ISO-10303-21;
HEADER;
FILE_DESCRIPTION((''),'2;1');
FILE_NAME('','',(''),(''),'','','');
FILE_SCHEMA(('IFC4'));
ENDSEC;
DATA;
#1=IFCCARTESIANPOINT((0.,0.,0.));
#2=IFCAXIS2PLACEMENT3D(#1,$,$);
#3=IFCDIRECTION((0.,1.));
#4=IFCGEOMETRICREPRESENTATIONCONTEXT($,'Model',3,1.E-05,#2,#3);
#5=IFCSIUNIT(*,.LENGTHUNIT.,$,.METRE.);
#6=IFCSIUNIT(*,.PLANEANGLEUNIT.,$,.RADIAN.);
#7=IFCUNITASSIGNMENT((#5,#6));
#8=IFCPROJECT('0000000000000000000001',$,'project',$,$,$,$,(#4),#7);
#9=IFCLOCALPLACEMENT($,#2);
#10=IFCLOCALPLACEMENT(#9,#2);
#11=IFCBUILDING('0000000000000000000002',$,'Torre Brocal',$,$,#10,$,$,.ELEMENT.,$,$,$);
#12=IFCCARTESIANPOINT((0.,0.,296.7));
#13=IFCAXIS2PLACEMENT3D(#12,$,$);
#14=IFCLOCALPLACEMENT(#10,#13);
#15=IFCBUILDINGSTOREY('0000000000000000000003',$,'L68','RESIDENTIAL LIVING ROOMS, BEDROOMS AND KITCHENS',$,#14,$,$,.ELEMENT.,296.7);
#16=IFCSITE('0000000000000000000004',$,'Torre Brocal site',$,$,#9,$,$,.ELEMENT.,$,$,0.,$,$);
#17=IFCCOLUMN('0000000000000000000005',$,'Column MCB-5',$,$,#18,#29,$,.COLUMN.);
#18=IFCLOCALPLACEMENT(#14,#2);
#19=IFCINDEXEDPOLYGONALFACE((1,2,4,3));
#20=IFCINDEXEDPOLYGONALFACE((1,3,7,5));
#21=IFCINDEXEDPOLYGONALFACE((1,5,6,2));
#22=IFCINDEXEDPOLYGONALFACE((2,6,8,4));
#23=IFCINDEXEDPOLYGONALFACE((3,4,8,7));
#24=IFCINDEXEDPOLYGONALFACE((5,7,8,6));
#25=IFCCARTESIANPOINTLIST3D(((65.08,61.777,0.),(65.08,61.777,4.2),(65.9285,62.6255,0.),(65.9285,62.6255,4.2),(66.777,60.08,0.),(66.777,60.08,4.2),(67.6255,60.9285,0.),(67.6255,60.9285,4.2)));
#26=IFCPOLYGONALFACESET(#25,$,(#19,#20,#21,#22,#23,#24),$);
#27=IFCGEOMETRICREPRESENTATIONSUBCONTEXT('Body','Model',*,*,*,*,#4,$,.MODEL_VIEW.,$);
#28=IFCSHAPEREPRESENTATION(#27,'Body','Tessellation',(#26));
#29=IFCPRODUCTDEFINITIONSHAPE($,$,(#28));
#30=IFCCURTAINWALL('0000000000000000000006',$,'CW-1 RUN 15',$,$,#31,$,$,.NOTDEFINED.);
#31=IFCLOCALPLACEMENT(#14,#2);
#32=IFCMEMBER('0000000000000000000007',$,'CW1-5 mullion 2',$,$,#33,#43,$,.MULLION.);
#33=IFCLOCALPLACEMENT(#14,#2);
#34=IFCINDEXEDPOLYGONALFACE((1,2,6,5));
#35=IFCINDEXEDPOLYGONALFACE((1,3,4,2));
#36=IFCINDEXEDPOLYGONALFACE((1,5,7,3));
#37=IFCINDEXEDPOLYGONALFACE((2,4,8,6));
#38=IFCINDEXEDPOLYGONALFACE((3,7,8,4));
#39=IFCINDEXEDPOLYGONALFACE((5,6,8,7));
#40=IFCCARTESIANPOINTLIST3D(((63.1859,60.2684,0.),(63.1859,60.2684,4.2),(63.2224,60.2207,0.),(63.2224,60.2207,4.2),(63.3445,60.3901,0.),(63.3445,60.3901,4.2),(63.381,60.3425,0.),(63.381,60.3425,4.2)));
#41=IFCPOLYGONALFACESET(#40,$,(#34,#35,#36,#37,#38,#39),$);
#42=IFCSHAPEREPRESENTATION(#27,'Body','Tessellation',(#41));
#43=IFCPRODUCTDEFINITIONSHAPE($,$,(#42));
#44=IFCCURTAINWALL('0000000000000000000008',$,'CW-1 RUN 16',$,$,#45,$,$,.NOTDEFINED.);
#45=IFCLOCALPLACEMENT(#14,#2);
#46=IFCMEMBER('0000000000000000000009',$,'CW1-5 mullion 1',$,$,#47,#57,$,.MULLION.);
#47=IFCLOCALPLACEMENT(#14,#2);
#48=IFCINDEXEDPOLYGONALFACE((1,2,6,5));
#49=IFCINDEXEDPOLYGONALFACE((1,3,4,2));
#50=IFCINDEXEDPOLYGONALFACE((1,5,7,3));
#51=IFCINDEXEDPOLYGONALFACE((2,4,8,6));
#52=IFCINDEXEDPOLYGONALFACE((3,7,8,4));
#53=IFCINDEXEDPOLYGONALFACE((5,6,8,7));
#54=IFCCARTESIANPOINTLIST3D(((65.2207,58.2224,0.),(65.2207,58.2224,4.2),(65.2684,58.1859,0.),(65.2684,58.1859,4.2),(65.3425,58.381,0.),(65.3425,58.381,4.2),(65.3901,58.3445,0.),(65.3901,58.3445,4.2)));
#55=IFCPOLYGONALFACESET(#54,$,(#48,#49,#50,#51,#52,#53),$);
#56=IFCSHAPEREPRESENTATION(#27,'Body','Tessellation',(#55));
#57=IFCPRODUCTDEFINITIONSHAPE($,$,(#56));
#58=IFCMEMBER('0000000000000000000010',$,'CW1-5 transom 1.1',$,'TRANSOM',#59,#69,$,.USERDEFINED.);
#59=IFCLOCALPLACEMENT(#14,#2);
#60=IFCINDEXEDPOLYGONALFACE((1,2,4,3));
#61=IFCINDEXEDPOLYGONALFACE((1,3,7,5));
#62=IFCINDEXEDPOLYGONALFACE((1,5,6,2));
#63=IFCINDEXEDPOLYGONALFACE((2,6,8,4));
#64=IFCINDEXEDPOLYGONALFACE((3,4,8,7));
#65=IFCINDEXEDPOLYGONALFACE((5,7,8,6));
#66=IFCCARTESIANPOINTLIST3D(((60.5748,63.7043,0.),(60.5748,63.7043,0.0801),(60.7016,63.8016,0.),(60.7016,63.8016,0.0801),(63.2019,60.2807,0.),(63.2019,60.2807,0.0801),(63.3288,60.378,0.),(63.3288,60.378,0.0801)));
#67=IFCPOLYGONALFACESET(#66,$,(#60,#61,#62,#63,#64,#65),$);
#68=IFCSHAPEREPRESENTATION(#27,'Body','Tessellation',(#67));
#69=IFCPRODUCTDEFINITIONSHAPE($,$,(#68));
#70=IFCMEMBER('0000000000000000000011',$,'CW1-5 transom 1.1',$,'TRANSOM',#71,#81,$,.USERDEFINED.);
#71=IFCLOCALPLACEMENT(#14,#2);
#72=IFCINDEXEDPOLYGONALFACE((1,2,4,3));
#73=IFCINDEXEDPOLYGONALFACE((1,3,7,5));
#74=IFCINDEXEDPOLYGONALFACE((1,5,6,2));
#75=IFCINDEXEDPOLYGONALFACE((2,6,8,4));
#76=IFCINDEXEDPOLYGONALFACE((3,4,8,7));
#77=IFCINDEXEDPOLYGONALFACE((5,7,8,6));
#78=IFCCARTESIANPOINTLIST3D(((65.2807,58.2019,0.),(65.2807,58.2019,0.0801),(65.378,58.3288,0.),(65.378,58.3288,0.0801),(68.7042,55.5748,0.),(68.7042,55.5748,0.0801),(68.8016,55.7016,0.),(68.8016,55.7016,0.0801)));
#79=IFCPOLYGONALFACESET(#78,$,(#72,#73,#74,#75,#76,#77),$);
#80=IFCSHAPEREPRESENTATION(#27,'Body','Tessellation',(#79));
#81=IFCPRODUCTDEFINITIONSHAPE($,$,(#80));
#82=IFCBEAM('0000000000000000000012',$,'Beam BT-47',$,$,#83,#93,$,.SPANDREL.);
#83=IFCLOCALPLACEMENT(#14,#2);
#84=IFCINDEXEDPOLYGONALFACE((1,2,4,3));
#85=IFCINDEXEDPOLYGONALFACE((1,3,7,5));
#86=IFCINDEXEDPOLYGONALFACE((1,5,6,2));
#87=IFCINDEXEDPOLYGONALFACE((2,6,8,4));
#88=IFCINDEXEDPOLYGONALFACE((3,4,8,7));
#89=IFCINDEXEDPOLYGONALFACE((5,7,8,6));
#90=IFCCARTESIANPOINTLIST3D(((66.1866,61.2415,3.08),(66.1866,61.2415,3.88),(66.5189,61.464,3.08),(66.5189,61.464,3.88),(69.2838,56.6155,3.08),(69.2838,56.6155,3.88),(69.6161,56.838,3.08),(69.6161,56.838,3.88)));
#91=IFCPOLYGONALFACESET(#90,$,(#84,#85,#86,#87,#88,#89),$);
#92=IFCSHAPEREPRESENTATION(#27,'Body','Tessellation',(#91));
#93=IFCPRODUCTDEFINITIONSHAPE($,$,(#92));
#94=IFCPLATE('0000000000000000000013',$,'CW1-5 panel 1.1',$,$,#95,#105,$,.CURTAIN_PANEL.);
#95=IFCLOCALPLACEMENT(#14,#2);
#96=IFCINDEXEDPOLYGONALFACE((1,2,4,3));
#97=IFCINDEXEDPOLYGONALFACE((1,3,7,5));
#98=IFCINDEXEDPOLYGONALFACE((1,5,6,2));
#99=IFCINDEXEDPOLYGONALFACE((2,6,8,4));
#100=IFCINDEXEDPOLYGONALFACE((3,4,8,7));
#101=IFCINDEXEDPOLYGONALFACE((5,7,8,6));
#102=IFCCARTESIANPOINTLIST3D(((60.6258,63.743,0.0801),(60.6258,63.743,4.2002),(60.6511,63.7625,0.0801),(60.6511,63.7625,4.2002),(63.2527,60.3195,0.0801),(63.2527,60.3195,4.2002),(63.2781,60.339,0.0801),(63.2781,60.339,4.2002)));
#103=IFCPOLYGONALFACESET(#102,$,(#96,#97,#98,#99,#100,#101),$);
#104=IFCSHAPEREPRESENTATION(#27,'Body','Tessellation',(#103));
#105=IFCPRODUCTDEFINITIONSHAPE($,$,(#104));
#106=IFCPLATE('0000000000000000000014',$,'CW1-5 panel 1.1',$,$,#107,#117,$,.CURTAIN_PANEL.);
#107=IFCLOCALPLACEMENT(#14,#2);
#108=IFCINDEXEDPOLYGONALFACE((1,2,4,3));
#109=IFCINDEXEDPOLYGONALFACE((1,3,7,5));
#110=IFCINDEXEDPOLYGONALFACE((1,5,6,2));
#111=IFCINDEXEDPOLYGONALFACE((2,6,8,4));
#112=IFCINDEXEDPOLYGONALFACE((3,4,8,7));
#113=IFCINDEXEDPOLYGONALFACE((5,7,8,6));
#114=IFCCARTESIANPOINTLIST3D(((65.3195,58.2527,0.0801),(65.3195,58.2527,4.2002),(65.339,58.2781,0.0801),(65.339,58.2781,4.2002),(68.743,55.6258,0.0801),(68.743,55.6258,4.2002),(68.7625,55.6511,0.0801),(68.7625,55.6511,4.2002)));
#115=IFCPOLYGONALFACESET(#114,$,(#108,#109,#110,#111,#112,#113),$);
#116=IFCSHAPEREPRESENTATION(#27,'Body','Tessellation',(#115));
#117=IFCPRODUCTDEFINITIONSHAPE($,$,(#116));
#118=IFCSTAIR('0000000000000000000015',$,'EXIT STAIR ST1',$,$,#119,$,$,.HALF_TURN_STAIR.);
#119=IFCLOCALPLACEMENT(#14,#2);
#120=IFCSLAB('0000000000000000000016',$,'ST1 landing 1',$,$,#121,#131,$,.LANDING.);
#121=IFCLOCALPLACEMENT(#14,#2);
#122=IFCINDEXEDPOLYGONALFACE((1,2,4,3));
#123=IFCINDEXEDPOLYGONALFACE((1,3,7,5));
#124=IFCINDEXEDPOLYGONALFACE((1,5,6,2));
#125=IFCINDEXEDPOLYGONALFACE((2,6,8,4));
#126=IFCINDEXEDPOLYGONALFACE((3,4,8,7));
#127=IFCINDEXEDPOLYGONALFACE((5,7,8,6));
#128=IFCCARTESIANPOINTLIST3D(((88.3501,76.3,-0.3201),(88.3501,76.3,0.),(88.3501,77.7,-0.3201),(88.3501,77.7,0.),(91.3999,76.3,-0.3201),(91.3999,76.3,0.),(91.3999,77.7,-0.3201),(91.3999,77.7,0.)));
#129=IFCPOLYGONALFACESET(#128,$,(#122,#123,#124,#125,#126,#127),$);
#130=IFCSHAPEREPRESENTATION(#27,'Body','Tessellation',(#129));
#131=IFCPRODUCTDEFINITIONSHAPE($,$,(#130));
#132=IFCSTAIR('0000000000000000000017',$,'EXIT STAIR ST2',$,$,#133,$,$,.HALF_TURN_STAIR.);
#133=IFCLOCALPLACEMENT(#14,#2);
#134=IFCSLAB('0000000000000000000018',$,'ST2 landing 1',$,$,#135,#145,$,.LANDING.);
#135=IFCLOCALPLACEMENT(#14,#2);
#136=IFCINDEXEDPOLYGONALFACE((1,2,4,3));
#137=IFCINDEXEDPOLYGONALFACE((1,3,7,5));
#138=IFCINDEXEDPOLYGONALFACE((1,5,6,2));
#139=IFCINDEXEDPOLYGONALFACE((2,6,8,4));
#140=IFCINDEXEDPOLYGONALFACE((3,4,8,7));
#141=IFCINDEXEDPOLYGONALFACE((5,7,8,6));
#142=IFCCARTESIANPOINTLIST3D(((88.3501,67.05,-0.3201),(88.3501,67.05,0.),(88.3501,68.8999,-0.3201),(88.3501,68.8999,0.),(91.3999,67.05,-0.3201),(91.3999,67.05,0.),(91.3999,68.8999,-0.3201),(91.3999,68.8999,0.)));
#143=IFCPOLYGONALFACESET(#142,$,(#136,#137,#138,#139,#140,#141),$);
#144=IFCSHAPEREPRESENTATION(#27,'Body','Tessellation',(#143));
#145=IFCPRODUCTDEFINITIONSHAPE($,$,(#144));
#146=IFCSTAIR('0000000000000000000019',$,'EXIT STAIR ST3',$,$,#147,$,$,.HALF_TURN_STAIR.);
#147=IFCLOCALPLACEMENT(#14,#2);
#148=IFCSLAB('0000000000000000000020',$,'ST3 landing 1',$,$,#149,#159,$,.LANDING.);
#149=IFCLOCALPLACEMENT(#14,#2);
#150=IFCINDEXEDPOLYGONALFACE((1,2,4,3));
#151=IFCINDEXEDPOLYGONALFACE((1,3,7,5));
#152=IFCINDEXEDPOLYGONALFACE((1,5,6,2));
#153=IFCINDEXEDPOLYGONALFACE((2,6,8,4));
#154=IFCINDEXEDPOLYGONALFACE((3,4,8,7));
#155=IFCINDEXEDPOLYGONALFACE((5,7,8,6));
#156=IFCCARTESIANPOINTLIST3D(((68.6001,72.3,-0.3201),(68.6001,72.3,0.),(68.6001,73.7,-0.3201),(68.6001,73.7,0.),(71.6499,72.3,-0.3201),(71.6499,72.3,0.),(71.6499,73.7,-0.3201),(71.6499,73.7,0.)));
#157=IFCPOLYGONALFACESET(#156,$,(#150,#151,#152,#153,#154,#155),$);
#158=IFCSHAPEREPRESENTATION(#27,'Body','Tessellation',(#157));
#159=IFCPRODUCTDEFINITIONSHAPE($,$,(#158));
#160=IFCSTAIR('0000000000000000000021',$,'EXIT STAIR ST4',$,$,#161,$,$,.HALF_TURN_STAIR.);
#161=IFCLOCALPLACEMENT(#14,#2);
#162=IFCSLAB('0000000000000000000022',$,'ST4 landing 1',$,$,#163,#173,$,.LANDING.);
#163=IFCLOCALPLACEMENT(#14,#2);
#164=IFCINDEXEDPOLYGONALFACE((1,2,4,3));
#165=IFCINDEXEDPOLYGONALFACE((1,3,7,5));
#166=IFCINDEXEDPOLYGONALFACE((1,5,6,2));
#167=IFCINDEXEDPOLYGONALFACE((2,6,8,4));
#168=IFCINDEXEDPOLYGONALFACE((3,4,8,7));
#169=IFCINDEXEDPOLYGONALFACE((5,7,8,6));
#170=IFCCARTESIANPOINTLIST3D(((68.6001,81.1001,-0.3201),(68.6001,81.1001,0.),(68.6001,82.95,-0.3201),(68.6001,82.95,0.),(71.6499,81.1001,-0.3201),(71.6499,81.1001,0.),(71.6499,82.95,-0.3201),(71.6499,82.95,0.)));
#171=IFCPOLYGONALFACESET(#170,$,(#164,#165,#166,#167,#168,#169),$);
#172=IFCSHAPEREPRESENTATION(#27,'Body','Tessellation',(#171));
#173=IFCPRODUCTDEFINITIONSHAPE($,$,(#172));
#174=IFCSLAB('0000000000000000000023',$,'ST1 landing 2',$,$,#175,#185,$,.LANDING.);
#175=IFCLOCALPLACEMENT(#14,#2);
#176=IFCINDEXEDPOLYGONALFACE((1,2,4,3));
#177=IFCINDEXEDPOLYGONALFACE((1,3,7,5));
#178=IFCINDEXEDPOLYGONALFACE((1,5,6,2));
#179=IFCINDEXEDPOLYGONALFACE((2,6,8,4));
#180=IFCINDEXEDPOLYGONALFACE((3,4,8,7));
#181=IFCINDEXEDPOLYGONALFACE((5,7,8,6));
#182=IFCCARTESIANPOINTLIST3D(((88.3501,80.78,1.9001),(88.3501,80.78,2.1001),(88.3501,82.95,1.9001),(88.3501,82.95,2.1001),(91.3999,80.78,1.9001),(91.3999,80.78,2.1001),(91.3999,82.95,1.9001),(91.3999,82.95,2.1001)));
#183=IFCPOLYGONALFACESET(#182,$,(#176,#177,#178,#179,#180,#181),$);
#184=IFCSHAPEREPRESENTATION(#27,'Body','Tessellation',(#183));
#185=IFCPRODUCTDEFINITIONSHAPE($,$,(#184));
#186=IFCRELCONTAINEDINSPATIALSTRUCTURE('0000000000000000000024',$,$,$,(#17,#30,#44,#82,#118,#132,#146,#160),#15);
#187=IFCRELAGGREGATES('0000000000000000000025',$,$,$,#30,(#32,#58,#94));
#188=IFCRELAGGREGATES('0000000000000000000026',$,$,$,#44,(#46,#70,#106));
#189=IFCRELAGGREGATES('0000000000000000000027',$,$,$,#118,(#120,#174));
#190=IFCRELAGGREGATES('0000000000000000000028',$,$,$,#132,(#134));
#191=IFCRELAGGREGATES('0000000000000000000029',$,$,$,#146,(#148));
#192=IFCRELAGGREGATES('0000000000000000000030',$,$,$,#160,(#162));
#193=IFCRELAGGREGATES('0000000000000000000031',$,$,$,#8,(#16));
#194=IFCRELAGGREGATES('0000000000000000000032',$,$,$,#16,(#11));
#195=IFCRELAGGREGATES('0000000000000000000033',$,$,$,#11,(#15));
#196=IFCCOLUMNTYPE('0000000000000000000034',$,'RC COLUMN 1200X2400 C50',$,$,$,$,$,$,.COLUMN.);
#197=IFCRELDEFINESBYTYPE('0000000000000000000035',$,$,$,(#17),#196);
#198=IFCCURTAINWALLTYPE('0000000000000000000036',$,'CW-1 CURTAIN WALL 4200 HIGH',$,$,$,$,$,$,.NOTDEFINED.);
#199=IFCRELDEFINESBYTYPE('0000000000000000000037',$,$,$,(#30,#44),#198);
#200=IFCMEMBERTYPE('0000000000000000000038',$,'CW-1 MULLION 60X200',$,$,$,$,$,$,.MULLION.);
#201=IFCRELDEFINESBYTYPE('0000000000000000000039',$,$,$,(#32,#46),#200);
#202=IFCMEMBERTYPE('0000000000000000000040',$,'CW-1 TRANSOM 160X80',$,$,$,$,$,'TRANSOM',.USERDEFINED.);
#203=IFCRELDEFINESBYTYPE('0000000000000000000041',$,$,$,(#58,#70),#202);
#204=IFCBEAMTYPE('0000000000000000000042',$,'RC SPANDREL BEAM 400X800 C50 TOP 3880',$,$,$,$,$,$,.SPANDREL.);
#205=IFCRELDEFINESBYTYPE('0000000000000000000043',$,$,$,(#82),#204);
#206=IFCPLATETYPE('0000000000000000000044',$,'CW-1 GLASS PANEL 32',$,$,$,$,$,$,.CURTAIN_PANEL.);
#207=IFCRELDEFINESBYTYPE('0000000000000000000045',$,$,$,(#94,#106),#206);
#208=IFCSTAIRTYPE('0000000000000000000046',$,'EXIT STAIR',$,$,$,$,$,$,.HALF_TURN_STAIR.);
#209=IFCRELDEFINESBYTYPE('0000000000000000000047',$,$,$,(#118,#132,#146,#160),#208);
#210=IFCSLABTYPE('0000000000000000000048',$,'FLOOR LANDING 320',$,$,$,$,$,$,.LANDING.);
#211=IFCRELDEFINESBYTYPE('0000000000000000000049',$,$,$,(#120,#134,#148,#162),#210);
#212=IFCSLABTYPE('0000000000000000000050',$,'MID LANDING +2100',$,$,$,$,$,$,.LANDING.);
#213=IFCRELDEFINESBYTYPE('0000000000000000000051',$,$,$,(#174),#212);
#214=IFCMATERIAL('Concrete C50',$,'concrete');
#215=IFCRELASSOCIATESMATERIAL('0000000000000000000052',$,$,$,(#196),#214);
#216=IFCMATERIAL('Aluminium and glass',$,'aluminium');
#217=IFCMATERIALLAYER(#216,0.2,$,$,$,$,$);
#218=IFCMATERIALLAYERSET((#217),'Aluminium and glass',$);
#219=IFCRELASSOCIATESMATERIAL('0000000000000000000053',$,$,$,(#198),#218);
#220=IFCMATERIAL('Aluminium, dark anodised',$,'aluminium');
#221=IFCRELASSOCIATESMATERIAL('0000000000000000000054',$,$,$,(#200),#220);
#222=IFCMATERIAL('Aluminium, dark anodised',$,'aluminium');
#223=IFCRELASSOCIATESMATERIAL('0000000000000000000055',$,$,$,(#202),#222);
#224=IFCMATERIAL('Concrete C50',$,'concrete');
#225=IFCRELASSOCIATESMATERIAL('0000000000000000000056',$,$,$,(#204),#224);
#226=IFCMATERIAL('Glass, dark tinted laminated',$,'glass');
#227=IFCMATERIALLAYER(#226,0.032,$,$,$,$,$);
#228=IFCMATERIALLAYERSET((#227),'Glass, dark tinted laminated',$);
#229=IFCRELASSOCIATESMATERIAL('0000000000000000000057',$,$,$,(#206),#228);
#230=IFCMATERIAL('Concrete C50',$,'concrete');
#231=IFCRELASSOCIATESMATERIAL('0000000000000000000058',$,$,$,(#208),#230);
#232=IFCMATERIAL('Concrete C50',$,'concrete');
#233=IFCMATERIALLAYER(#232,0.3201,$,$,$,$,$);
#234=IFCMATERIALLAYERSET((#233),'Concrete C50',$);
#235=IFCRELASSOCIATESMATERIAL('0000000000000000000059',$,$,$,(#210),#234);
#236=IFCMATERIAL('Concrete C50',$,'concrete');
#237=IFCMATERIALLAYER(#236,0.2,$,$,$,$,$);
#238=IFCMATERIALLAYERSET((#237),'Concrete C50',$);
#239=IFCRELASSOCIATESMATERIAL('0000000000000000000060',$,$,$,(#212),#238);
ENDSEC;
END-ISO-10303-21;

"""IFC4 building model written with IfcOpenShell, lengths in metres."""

from ifc_helpers import new_model, si_unit, direction, frame, origin, origin_2d, place, context, subcontext, project, spatial, polyline, rectangle, outline, extrude, material, layer, layer_set, material_profile, profile_set, type_object, element, aggregate, save


model = new_model("IFC4")

# Units and contexts
model_context = context("Model", 3, precision=1e-05, world=origin(), true_north=direction((0.0, 1.0)))
body_context = subcontext(model_context, "Body", "Model", "MODEL_VIEW")
ifc_project = project(units=[si_unit("LENGTHUNIT", "METRE"), si_unit("PLANEANGLEUNIT", "RADIAN")], contexts=[model_context])

# Site, building, storey
site_placement = place(None, origin())
site = spatial("IfcSite", under=ifc_project, at=site_placement, Name="Torre Brocal site", CompositionType="ELEMENT", RefElevation=0.0)
building_placement = place(site_placement, origin())
building = spatial("IfcBuilding", under=site, at=building_placement, Name="Torre Brocal", CompositionType="ELEMENT")
storey_placement = place(building_placement, frame((0.0, 0.0, 296.7)))
storey = spatial("IfcBuildingStorey", under=building, at=storey_placement, Name="L68", Description="RESIDENTIAL LIVING ROOMS, BEDROOMS AND KITCHENS", CompositionType="ELEMENT", Elevation=296.7)

# Column
ifc_material_1 = material(Name="Concrete C50", Category="concrete")
ifc_material_profile_1 = material_profile(ifc_material_1, rectangle(XDim=1.2, YDim=2.3999, at=origin_2d()), Name="RC 1200X2400")
ifc_profile_set_1 = profile_set([ifc_material_profile_1], Name="Concrete C50")
column_type = type_object("IfcColumnType", Name="RC COLUMN 1200X2400 C50", PredefinedType="COLUMN", material=ifc_profile_set_1)
column_placement = place(storey_placement, frame((66.3528, 61.3528, 0.0), z_axis=(0.0, 0.0, 1.0), x_axis=(-0.707107, -0.707107, 0.0)))
element("IfcColumn", 1, at=column_placement, inside=storey, type_object=column_type, Name="Column MCB-5", PredefinedType="COLUMN", context=body_context, shape_type="SweptSolid", body=[
    extrude(rectangle(XDim=1.2, YDim=2.3999, at=origin_2d()), origin(), (0.0, 0.0, 1.0), 4.2),
])

# Curtain walls, members
ifc_material_2 = material(Name="Aluminium and glass", Category="aluminium")
ifc_layer_1 = layer(ifc_material_2, 0.2)
ifc_layer_set_1 = layer_set([ifc_layer_1], Name="Aluminium and glass")
curtain_wall_type = type_object("IfcCurtainWallType", Name="CW-1 CURTAIN WALL 4200 HIGH", PredefinedType="NOTDEFINED", material=ifc_layer_set_1)
curtain_wall_1_placement = place(storey_placement, origin())
curtain_wall_1 = element("IfcCurtainWall", 2, at=curtain_wall_1_placement, inside=storey, type_object=curtain_wall_type, Name="CW-1 RUN 15", PredefinedType="NOTDEFINED")
ifc_material_3 = material(Name="Aluminium, dark anodised", Category="aluminium")
ifc_material_profile_2 = material_profile(ifc_material_3, rectangle(XDim=0.2, YDim=0.0601, at=origin_2d()), Name="CW-1 MULLION 60X200")
ifc_profile_set_2 = profile_set([ifc_material_profile_2], Name="Aluminium, dark anodised")
member_type_1 = type_object("IfcMemberType", Name="CW-1 MULLION 60X200", PredefinedType="MULLION", material=ifc_profile_set_2)
member_1_placement = place(storey_placement, frame((63.2834, 60.3054, 0.0), z_axis=(0.0, 0.0, 1.0), x_axis=(0.793353, 0.608761, 0.0)))
member_1 = element("IfcMember", 3, at=member_1_placement, type_object=member_type_1, Name="CW1-5 mullion 2", PredefinedType="MULLION", context=body_context, shape_type="SweptSolid", body=[
    extrude(rectangle(XDim=0.2, YDim=0.0601, at=origin_2d()), origin(), (0.0, 0.0, 1.0), 4.2),
])
curtain_wall_2_placement = place(storey_placement, origin())
curtain_wall_2 = element("IfcCurtainWall", 4, at=curtain_wall_2_placement, inside=storey, type_object=curtain_wall_type, Name="CW-1 RUN 16", PredefinedType="NOTDEFINED")
member_2_placement = place(storey_placement, frame((65.3054, 58.2834, 0.0), z_axis=(0.0, 0.0, 1.0), x_axis=(0.608761, 0.793353, 0.0)))
member_2 = element("IfcMember", 5, at=member_2_placement, type_object=member_type_1, Name="CW1-5 mullion 1", PredefinedType="MULLION", context=body_context, shape_type="SweptSolid", body=[
    extrude(rectangle(XDim=0.2, YDim=0.0601, at=origin_2d()), origin(), (0.0, 0.0, 1.0), 4.2),
])

# Members
ifc_material_4 = material(Name="Aluminium, dark anodised", Category="aluminium")
ifc_material_profile_3 = material_profile(ifc_material_4, rectangle(XDim=0.1599, YDim=0.0801, at=origin_2d()), Name="CW-1 TRANSOM 160X80")
ifc_profile_set_3 = profile_set([ifc_material_profile_3], Name="Aluminium, dark anodised")
member_type_2 = type_object("IfcMemberType", Name="CW-1 TRANSOM 160X80", ElementType="TRANSOM", PredefinedType="USERDEFINED", material=ifc_profile_set_3)
member_3_placement = place(storey_placement, frame((60.6382, 63.7529, 0.04), z_axis=(0.608789, -0.793332, 0.0), x_axis=(0.793332, 0.608789, 0.0)))
member_3 = element("IfcMember", 6, at=member_3_placement, type_object=member_type_2, Name="CW1-5 transom 1.1", ObjectType="TRANSOM", PredefinedType="USERDEFINED", context=body_context, shape_type="SweptSolid", body=[
    extrude(rectangle(XDim=0.1599, YDim=0.0801, at=origin_2d()), origin(), (0.0, 0.0, 1.0), 4.3154),
])
member_4_placement = place(storey_placement, frame((65.3293, 58.2654, 0.04), z_axis=(0.793332, -0.608789, 0.0), x_axis=(0.608789, 0.793332, 0.0)))
member_4 = element("IfcMember", 7, at=member_4_placement, type_object=member_type_2, Name="CW1-5 transom 1.1", ObjectType="TRANSOM", PredefinedType="USERDEFINED", context=body_context, shape_type="SweptSolid", body=[
    extrude(rectangle(XDim=0.1599, YDim=0.0801, at=origin_2d()), origin(), (0.0, 0.0, 1.0), 4.3154),
])

# Beam
ifc_material_5 = material(Name="Concrete C50", Category="concrete")
ifc_material_profile_4 = material_profile(ifc_material_5, rectangle(XDim=0.3999, YDim=0.8, at=origin_2d()), Name="RC 400X800")
ifc_profile_set_4 = profile_set([ifc_material_profile_4], Name="Concrete C50")
beam_type = type_object("IfcBeamType", Name="RC SPANDREL BEAM 400X800 C50 TOP 3880", PredefinedType="SPANDREL", material=ifc_profile_set_4)
beam_placement = place(storey_placement, frame((66.3528, 61.3528, 3.48), z_axis=(0.556339, -0.830956, 0.0), x_axis=(0.830956, 0.556339, 0.0)))
element("IfcBeam", 8, at=beam_placement, inside=storey, type_object=beam_type, Name="Beam BT-47", PredefinedType="SPANDREL", context=body_context, shape_type="SweptSolid", body=[
    extrude(rectangle(XDim=0.3999, YDim=0.8, at=origin_2d()), origin(), (0.0, 0.0, 1.0), 5.5671),
])

# Plates
ifc_material_6 = material(Name="Glass, dark tinted laminated", Category="glass")
ifc_layer_2 = layer(ifc_material_6, 0.032)
ifc_layer_set_2 = layer_set([ifc_layer_2], Name="Glass, dark tinted laminated")
plate_type = type_object("IfcPlateType", Name="CW-1 GLASS PANEL 32", PredefinedType="CURTAIN_PANEL", material=ifc_layer_set_2)
plate_1_placement = place(storey_placement, frame((61.9519, 62.041, 0.0801), z_axis=(0.0, 0.0, 1.0), x_axis=(0.608761, -0.793353, 0.0)))
plate_1 = element("IfcPlate", 9, at=plate_1_placement, type_object=plate_type, Name="CW1-5 panel 1.1", PredefinedType="CURTAIN_PANEL", context=body_context, shape_type="SweptSolid", body=[
    extrude(rectangle(XDim=4.3152, YDim=0.032, at=origin_2d()), origin(), (0.0, 0.0, 1.0), 4.1201),
])
aggregate(curtain_wall_1, [member_1, member_3, plate_1])
plate_2_placement = place(storey_placement, frame((67.041, 56.9519, 0.0801), z_axis=(0.0, 0.0, 1.0), x_axis=(0.793353, -0.608761, 0.0)))
plate_2 = element("IfcPlate", 10, at=plate_2_placement, type_object=plate_type, Name="CW1-5 panel 1.1", PredefinedType="CURTAIN_PANEL", context=body_context, shape_type="SweptSolid", body=[
    extrude(rectangle(XDim=4.3152, YDim=0.032, at=origin_2d()), origin(), (0.0, 0.0, 1.0), 4.1201),
])
aggregate(curtain_wall_2, [member_2, member_4, plate_2])

# Stairs, slabs
ifc_material_7 = material(Name="Concrete C50", Category="concrete")
stair_type = type_object("IfcStairType", Name="EXIT STAIR", PredefinedType="HALF_TURN_STAIR", material=ifc_material_7)
stair_1_placement = place(storey_placement, origin())
stair_1 = element("IfcStair", 11, at=stair_1_placement, inside=storey, type_object=stair_type, Name="EXIT STAIR ST1", PredefinedType="HALF_TURN_STAIR")
ifc_material_8 = material(Name="Concrete C50", Category="concrete")
ifc_layer_3 = layer(ifc_material_8, 0.3201)
ifc_layer_set_3 = layer_set([ifc_layer_3], Name="Concrete C50")
slab_type_1 = type_object("IfcSlabType", Name="FLOOR LANDING 320", PredefinedType="LANDING", material=ifc_layer_set_3)
slab_1_placement = place(storey_placement, frame((0.0, 0.0, -0.3201)))
slab_1 = element("IfcSlab", 12, at=slab_1_placement, type_object=slab_type_1, Name="ST1 landing 1", PredefinedType="LANDING", context=body_context, shape_type="SweptSolid", body=[
    extrude(outline(polyline([(88.3501, 76.3), (91.3999, 76.3), (91.3999, 77.7), (88.3501, 77.7), (88.3501, 76.3)])), origin(), (0.0, 0.0, 1.0), 0.3201),
])
stair_2_placement = place(storey_placement, origin())
stair_2 = element("IfcStair", 13, at=stair_2_placement, inside=storey, type_object=stair_type, Name="EXIT STAIR ST2", PredefinedType="HALF_TURN_STAIR")
slab_2_placement = place(storey_placement, frame((0.0, 0.0, -0.3201)))
slab_2 = element("IfcSlab", 14, at=slab_2_placement, type_object=slab_type_1, Name="ST2 landing 1", PredefinedType="LANDING", context=body_context, shape_type="SweptSolid", body=[
    extrude(outline(polyline([(88.3501, 67.05), (91.3999, 67.05), (91.3999, 68.8999), (88.3501, 68.8999), (88.3501, 67.05)])), origin(), (0.0, 0.0, 1.0), 0.3201),
])
stair_3_placement = place(storey_placement, origin())
stair_3 = element("IfcStair", 15, at=stair_3_placement, inside=storey, type_object=stair_type, Name="EXIT STAIR ST3", PredefinedType="HALF_TURN_STAIR")
slab_3_placement = place(storey_placement, frame((0.0, 0.0, -0.3201)))
slab_3 = element("IfcSlab", 16, at=slab_3_placement, type_object=slab_type_1, Name="ST3 landing 1", PredefinedType="LANDING", context=body_context, shape_type="SweptSolid", body=[
    extrude(outline(polyline([(71.6499, 73.7), (68.6001, 73.7), (68.6001, 72.3), (71.6499, 72.3), (71.6499, 73.7)])), origin(), (0.0, 0.0, 1.0), 0.3201),
])
stair_4_placement = place(storey_placement, origin())
stair_4 = element("IfcStair", 17, at=stair_4_placement, inside=storey, type_object=stair_type, Name="EXIT STAIR ST4", PredefinedType="HALF_TURN_STAIR")
slab_4_placement = place(storey_placement, frame((0.0, 0.0, -0.3201)))
slab_4 = element("IfcSlab", 18, at=slab_4_placement, type_object=slab_type_1, Name="ST4 landing 1", PredefinedType="LANDING", context=body_context, shape_type="SweptSolid", body=[
    extrude(outline(polyline([(71.6499, 82.95), (68.6001, 82.95), (68.6001, 81.1001), (71.6499, 81.1001), (71.6499, 82.95)])), origin(), (0.0, 0.0, 1.0), 0.3201),
])

# Slab
ifc_material_9 = material(Name="Concrete C50", Category="concrete")
ifc_layer_4 = layer(ifc_material_9, 0.2)
ifc_layer_set_4 = layer_set([ifc_layer_4], Name="Concrete C50")
slab_type_2 = type_object("IfcSlabType", Name="MID LANDING +2100", PredefinedType="LANDING", material=ifc_layer_set_4)
slab_5_placement = place(storey_placement, frame((0.0, 0.0, 1.9001)))
slab_5 = element("IfcSlab", 19, at=slab_5_placement, type_object=slab_type_2, Name="ST1 landing 2", PredefinedType="LANDING", context=body_context, shape_type="SweptSolid", body=[
    extrude(outline(polyline([(88.3501, 80.78), (91.3999, 80.78), (91.3999, 82.95), (88.3501, 82.95), (88.3501, 80.78)])), origin(), (0.0, 0.0, 1.0), 0.2),
])
aggregate(stair_1, [slab_1, slab_5])
aggregate(stair_2, [slab_2])
aggregate(stair_3, [slab_3])
aggregate(stair_4, [slab_4])

save(model, "model.ifc")
